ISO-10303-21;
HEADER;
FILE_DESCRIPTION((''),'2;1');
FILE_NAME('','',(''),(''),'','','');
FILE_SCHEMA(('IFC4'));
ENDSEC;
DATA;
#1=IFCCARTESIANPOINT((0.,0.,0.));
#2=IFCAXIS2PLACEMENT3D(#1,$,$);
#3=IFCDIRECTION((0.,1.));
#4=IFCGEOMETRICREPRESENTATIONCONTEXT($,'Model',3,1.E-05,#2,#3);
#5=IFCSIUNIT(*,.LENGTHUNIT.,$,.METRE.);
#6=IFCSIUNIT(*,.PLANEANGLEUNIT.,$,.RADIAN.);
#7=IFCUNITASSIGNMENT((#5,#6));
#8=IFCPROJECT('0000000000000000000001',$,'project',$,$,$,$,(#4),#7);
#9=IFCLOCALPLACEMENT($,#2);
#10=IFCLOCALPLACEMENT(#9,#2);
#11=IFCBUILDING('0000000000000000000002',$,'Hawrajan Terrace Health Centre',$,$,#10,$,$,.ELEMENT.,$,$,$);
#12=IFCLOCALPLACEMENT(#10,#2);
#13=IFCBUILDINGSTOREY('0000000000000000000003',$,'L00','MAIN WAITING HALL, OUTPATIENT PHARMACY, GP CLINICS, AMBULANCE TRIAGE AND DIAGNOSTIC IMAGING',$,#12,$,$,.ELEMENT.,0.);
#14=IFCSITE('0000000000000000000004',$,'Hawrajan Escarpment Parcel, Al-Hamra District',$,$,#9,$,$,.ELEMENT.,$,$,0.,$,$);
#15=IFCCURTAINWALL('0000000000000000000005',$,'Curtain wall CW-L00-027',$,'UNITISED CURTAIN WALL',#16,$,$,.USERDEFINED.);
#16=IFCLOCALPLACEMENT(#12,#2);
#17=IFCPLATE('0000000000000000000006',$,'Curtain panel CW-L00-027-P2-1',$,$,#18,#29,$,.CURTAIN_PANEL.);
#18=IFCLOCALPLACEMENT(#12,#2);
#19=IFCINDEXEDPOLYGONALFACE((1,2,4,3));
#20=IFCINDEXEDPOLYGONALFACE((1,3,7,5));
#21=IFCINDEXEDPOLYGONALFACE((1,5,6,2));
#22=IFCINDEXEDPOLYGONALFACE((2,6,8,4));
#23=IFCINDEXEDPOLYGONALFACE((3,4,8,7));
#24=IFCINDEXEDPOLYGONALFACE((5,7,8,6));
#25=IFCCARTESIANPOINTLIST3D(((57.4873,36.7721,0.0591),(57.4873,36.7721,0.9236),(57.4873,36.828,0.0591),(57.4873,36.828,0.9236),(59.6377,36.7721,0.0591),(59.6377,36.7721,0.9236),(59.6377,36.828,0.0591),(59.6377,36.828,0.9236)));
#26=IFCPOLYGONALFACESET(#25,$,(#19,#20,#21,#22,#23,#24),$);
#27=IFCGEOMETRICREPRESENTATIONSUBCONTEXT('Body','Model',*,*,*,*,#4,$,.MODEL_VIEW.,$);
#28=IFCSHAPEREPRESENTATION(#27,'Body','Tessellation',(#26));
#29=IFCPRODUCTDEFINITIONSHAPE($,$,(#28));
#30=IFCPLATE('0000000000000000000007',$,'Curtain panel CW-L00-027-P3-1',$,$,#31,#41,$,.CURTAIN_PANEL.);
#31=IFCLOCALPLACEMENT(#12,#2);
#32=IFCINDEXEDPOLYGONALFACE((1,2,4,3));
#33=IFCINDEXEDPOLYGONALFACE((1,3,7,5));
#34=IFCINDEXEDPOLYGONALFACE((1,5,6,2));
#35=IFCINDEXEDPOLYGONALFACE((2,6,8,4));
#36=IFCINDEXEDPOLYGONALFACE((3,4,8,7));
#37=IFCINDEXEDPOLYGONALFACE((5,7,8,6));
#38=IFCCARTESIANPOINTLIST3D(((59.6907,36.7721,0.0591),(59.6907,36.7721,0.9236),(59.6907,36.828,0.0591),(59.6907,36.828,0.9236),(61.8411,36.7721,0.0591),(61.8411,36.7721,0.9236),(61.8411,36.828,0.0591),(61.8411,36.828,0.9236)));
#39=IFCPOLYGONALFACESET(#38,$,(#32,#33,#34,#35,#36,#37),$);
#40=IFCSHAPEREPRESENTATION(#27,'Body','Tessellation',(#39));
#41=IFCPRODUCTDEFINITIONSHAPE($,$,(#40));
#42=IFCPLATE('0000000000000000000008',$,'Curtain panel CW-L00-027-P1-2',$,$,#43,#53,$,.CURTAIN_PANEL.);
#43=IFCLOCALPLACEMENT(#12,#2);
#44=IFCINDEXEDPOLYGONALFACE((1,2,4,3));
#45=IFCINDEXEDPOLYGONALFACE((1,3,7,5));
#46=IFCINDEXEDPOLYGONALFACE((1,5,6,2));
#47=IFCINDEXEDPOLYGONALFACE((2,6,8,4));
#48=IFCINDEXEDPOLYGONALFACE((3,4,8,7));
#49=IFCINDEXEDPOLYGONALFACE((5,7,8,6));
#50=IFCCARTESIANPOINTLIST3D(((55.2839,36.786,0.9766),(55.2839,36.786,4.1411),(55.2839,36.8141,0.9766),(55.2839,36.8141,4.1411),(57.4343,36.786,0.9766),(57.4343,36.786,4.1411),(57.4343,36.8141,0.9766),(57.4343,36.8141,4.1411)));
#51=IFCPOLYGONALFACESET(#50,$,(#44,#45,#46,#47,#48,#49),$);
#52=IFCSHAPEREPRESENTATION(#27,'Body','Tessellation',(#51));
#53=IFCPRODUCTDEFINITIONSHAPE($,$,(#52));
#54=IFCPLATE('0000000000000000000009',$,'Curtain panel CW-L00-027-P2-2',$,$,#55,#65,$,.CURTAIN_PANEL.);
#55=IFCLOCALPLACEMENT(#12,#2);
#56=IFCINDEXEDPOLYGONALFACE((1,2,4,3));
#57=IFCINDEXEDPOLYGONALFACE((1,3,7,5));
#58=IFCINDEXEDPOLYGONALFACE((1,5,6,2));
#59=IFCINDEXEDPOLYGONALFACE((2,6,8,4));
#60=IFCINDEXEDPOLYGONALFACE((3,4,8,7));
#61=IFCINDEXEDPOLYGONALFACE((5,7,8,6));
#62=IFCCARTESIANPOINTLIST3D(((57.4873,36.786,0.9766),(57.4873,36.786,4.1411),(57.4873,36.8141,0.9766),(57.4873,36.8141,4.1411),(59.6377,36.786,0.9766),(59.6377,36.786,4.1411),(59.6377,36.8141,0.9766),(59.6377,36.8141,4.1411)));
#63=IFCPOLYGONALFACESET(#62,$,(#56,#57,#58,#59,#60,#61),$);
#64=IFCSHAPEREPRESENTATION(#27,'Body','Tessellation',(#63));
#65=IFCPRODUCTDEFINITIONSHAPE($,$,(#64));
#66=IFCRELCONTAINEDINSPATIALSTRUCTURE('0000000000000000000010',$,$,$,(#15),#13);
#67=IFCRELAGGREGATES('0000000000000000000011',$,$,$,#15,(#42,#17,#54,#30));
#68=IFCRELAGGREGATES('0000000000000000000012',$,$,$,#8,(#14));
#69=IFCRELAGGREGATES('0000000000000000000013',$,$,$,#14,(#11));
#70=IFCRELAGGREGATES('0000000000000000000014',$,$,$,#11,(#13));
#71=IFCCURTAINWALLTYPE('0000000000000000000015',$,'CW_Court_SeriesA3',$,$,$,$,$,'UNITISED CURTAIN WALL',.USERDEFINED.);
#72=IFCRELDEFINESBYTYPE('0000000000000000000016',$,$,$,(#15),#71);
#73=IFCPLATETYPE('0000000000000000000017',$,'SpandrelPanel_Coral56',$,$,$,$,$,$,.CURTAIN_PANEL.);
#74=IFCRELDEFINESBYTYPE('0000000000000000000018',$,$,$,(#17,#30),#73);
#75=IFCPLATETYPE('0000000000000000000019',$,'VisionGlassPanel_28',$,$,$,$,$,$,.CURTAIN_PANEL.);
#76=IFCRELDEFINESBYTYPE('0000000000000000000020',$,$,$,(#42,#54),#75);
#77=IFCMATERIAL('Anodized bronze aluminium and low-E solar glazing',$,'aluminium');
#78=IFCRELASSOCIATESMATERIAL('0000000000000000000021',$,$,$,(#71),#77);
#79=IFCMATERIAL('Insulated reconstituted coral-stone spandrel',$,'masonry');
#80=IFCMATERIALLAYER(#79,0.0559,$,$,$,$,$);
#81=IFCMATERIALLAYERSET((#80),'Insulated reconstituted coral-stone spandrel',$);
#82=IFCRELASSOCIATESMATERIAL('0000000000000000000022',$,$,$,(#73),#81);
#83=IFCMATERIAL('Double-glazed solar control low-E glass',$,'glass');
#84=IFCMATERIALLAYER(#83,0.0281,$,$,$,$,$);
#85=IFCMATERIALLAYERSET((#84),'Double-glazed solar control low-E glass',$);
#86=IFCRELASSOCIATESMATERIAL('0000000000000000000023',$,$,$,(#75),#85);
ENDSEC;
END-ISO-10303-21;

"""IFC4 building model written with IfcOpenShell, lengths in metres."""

from ifc_helpers import new_model, si_unit, direction, frame, origin, origin_2d, place, context, subcontext, project, spatial, rectangle, extrude, material, layer, layer_set, type_object, element, aggregate, save


model = new_model("IFC4")

# Units and contexts
model_context = context("Model", 3, precision=1e-05, world=origin(), true_north=direction((0.0, 1.0)))
body_context = subcontext(model_context, "Body", "Model", "MODEL_VIEW")
ifc_project = project(units=[si_unit("LENGTHUNIT", "METRE"), si_unit("PLANEANGLEUNIT", "RADIAN")], contexts=[model_context])

# Site, building, storey
site_placement = place(None, origin())
site = spatial("IfcSite", under=ifc_project, at=site_placement, Name="Hawrajan Escarpment Parcel, Al-Hamra District", CompositionType="ELEMENT", RefElevation=0.0)
building_placement = place(site_placement, origin())
building = spatial("IfcBuilding", under=site, at=building_placement, Name="Hawrajan Terrace Health Centre", CompositionType="ELEMENT")
storey_placement = place(building_placement, origin())
storey = spatial("IfcBuildingStorey", under=building, at=storey_placement, Name="L00", Description="MAIN WAITING HALL, OUTPATIENT PHARMACY, GP CLINICS, AMBULANCE TRIAGE AND DIAGNOSTIC IMAGING", CompositionType="ELEMENT", Elevation=0.0)

# Curtain wall
ifc_material_1 = material(Name="Anodized bronze aluminium and low-E solar glazing", Category="aluminium")
curtain_wall_type = type_object("IfcCurtainWallType", Name="CW_Court_SeriesA3", ElementType="UNITISED CURTAIN WALL", PredefinedType="USERDEFINED", material=ifc_material_1)
curtain_wall_placement = place(storey_placement, origin())
curtain_wall = element("IfcCurtainWall", 1, at=curtain_wall_placement, inside=storey, type_object=curtain_wall_type, Name="Curtain wall CW-L00-027", ObjectType="UNITISED CURTAIN WALL", PredefinedType="USERDEFINED")

# Plates
ifc_material_2 = material(Name="Insulated reconstituted coral-stone spandrel", Category="masonry")
ifc_layer_1 = layer(ifc_material_2, 0.0559)
ifc_layer_set_1 = layer_set([ifc_layer_1], Name="Insulated reconstituted coral-stone spandrel")
plate_type_1 = type_object("IfcPlateType", Name="SpandrelPanel_Coral56", PredefinedType="CURTAIN_PANEL", material=ifc_layer_set_1)
plate_1_placement = place(storey_placement, frame((58.5625, 36.8, 0.0591), z_axis=(0.0, 0.0, 1.0), x_axis=(1.0, 0.0, 0.0)))
plate_1 = element("IfcPlate", 2, at=plate_1_placement, type_object=plate_type_1, Name="Curtain panel CW-L00-027-P2-1", PredefinedType="CURTAIN_PANEL", context=body_context, shape_type="SweptSolid", body=[
    extrude(rectangle(XDim=2.1504, YDim=0.0559, at=origin_2d()), origin(), (0.0, 0.0, 1.0), 0.8645),
])
plate_2_placement = place(storey_placement, frame((60.7659, 36.8, 0.0591), z_axis=(0.0, 0.0, 1.0), x_axis=(1.0, 0.0, 0.0)))
plate_2 = element("IfcPlate", 3, at=plate_2_placement, type_object=plate_type_1, Name="Curtain panel CW-L00-027-P3-1", PredefinedType="CURTAIN_PANEL", context=body_context, shape_type="SweptSolid", body=[
    extrude(rectangle(XDim=2.1504, YDim=0.0559, at=origin_2d()), origin(), (0.0, 0.0, 1.0), 0.8645),
])
ifc_material_3 = material(Name="Double-glazed solar control low-E glass", Category="glass")
ifc_layer_2 = layer(ifc_material_3, 0.0281)
ifc_layer_set_2 = layer_set([ifc_layer_2], Name="Double-glazed solar control low-E glass")
plate_type_2 = type_object("IfcPlateType", Name="VisionGlassPanel_28", PredefinedType="CURTAIN_PANEL", material=ifc_layer_set_2)
plate_3_placement = place(storey_placement, frame((56.3591, 36.8, 0.9766), z_axis=(0.0, 0.0, 1.0), x_axis=(1.0, 0.0, 0.0)))
plate_3 = element("IfcPlate", 4, at=plate_3_placement, type_object=plate_type_2, Name="Curtain panel CW-L00-027-P1-2", PredefinedType="CURTAIN_PANEL", context=body_context, shape_type="SweptSolid", body=[
    extrude(rectangle(XDim=2.1504, YDim=0.0281, at=origin_2d()), origin(), (0.0, 0.0, 1.0), 3.1646),
])
plate_4_placement = place(storey_placement, frame((58.5625, 36.8, 0.9766), z_axis=(0.0, 0.0, 1.0), x_axis=(1.0, 0.0, 0.0)))
plate_4 = element("IfcPlate", 5, at=plate_4_placement, type_object=plate_type_2, Name="Curtain panel CW-L00-027-P2-2", PredefinedType="CURTAIN_PANEL", context=body_context, shape_type="SweptSolid", body=[
    extrude(rectangle(XDim=2.1504, YDim=0.0281, at=origin_2d()), origin(), (0.0, 0.0, 1.0), 3.1646),
])
aggregate(curtain_wall, [plate_3, plate_1, plate_4, plate_2])

save(model, "model.ifc")
